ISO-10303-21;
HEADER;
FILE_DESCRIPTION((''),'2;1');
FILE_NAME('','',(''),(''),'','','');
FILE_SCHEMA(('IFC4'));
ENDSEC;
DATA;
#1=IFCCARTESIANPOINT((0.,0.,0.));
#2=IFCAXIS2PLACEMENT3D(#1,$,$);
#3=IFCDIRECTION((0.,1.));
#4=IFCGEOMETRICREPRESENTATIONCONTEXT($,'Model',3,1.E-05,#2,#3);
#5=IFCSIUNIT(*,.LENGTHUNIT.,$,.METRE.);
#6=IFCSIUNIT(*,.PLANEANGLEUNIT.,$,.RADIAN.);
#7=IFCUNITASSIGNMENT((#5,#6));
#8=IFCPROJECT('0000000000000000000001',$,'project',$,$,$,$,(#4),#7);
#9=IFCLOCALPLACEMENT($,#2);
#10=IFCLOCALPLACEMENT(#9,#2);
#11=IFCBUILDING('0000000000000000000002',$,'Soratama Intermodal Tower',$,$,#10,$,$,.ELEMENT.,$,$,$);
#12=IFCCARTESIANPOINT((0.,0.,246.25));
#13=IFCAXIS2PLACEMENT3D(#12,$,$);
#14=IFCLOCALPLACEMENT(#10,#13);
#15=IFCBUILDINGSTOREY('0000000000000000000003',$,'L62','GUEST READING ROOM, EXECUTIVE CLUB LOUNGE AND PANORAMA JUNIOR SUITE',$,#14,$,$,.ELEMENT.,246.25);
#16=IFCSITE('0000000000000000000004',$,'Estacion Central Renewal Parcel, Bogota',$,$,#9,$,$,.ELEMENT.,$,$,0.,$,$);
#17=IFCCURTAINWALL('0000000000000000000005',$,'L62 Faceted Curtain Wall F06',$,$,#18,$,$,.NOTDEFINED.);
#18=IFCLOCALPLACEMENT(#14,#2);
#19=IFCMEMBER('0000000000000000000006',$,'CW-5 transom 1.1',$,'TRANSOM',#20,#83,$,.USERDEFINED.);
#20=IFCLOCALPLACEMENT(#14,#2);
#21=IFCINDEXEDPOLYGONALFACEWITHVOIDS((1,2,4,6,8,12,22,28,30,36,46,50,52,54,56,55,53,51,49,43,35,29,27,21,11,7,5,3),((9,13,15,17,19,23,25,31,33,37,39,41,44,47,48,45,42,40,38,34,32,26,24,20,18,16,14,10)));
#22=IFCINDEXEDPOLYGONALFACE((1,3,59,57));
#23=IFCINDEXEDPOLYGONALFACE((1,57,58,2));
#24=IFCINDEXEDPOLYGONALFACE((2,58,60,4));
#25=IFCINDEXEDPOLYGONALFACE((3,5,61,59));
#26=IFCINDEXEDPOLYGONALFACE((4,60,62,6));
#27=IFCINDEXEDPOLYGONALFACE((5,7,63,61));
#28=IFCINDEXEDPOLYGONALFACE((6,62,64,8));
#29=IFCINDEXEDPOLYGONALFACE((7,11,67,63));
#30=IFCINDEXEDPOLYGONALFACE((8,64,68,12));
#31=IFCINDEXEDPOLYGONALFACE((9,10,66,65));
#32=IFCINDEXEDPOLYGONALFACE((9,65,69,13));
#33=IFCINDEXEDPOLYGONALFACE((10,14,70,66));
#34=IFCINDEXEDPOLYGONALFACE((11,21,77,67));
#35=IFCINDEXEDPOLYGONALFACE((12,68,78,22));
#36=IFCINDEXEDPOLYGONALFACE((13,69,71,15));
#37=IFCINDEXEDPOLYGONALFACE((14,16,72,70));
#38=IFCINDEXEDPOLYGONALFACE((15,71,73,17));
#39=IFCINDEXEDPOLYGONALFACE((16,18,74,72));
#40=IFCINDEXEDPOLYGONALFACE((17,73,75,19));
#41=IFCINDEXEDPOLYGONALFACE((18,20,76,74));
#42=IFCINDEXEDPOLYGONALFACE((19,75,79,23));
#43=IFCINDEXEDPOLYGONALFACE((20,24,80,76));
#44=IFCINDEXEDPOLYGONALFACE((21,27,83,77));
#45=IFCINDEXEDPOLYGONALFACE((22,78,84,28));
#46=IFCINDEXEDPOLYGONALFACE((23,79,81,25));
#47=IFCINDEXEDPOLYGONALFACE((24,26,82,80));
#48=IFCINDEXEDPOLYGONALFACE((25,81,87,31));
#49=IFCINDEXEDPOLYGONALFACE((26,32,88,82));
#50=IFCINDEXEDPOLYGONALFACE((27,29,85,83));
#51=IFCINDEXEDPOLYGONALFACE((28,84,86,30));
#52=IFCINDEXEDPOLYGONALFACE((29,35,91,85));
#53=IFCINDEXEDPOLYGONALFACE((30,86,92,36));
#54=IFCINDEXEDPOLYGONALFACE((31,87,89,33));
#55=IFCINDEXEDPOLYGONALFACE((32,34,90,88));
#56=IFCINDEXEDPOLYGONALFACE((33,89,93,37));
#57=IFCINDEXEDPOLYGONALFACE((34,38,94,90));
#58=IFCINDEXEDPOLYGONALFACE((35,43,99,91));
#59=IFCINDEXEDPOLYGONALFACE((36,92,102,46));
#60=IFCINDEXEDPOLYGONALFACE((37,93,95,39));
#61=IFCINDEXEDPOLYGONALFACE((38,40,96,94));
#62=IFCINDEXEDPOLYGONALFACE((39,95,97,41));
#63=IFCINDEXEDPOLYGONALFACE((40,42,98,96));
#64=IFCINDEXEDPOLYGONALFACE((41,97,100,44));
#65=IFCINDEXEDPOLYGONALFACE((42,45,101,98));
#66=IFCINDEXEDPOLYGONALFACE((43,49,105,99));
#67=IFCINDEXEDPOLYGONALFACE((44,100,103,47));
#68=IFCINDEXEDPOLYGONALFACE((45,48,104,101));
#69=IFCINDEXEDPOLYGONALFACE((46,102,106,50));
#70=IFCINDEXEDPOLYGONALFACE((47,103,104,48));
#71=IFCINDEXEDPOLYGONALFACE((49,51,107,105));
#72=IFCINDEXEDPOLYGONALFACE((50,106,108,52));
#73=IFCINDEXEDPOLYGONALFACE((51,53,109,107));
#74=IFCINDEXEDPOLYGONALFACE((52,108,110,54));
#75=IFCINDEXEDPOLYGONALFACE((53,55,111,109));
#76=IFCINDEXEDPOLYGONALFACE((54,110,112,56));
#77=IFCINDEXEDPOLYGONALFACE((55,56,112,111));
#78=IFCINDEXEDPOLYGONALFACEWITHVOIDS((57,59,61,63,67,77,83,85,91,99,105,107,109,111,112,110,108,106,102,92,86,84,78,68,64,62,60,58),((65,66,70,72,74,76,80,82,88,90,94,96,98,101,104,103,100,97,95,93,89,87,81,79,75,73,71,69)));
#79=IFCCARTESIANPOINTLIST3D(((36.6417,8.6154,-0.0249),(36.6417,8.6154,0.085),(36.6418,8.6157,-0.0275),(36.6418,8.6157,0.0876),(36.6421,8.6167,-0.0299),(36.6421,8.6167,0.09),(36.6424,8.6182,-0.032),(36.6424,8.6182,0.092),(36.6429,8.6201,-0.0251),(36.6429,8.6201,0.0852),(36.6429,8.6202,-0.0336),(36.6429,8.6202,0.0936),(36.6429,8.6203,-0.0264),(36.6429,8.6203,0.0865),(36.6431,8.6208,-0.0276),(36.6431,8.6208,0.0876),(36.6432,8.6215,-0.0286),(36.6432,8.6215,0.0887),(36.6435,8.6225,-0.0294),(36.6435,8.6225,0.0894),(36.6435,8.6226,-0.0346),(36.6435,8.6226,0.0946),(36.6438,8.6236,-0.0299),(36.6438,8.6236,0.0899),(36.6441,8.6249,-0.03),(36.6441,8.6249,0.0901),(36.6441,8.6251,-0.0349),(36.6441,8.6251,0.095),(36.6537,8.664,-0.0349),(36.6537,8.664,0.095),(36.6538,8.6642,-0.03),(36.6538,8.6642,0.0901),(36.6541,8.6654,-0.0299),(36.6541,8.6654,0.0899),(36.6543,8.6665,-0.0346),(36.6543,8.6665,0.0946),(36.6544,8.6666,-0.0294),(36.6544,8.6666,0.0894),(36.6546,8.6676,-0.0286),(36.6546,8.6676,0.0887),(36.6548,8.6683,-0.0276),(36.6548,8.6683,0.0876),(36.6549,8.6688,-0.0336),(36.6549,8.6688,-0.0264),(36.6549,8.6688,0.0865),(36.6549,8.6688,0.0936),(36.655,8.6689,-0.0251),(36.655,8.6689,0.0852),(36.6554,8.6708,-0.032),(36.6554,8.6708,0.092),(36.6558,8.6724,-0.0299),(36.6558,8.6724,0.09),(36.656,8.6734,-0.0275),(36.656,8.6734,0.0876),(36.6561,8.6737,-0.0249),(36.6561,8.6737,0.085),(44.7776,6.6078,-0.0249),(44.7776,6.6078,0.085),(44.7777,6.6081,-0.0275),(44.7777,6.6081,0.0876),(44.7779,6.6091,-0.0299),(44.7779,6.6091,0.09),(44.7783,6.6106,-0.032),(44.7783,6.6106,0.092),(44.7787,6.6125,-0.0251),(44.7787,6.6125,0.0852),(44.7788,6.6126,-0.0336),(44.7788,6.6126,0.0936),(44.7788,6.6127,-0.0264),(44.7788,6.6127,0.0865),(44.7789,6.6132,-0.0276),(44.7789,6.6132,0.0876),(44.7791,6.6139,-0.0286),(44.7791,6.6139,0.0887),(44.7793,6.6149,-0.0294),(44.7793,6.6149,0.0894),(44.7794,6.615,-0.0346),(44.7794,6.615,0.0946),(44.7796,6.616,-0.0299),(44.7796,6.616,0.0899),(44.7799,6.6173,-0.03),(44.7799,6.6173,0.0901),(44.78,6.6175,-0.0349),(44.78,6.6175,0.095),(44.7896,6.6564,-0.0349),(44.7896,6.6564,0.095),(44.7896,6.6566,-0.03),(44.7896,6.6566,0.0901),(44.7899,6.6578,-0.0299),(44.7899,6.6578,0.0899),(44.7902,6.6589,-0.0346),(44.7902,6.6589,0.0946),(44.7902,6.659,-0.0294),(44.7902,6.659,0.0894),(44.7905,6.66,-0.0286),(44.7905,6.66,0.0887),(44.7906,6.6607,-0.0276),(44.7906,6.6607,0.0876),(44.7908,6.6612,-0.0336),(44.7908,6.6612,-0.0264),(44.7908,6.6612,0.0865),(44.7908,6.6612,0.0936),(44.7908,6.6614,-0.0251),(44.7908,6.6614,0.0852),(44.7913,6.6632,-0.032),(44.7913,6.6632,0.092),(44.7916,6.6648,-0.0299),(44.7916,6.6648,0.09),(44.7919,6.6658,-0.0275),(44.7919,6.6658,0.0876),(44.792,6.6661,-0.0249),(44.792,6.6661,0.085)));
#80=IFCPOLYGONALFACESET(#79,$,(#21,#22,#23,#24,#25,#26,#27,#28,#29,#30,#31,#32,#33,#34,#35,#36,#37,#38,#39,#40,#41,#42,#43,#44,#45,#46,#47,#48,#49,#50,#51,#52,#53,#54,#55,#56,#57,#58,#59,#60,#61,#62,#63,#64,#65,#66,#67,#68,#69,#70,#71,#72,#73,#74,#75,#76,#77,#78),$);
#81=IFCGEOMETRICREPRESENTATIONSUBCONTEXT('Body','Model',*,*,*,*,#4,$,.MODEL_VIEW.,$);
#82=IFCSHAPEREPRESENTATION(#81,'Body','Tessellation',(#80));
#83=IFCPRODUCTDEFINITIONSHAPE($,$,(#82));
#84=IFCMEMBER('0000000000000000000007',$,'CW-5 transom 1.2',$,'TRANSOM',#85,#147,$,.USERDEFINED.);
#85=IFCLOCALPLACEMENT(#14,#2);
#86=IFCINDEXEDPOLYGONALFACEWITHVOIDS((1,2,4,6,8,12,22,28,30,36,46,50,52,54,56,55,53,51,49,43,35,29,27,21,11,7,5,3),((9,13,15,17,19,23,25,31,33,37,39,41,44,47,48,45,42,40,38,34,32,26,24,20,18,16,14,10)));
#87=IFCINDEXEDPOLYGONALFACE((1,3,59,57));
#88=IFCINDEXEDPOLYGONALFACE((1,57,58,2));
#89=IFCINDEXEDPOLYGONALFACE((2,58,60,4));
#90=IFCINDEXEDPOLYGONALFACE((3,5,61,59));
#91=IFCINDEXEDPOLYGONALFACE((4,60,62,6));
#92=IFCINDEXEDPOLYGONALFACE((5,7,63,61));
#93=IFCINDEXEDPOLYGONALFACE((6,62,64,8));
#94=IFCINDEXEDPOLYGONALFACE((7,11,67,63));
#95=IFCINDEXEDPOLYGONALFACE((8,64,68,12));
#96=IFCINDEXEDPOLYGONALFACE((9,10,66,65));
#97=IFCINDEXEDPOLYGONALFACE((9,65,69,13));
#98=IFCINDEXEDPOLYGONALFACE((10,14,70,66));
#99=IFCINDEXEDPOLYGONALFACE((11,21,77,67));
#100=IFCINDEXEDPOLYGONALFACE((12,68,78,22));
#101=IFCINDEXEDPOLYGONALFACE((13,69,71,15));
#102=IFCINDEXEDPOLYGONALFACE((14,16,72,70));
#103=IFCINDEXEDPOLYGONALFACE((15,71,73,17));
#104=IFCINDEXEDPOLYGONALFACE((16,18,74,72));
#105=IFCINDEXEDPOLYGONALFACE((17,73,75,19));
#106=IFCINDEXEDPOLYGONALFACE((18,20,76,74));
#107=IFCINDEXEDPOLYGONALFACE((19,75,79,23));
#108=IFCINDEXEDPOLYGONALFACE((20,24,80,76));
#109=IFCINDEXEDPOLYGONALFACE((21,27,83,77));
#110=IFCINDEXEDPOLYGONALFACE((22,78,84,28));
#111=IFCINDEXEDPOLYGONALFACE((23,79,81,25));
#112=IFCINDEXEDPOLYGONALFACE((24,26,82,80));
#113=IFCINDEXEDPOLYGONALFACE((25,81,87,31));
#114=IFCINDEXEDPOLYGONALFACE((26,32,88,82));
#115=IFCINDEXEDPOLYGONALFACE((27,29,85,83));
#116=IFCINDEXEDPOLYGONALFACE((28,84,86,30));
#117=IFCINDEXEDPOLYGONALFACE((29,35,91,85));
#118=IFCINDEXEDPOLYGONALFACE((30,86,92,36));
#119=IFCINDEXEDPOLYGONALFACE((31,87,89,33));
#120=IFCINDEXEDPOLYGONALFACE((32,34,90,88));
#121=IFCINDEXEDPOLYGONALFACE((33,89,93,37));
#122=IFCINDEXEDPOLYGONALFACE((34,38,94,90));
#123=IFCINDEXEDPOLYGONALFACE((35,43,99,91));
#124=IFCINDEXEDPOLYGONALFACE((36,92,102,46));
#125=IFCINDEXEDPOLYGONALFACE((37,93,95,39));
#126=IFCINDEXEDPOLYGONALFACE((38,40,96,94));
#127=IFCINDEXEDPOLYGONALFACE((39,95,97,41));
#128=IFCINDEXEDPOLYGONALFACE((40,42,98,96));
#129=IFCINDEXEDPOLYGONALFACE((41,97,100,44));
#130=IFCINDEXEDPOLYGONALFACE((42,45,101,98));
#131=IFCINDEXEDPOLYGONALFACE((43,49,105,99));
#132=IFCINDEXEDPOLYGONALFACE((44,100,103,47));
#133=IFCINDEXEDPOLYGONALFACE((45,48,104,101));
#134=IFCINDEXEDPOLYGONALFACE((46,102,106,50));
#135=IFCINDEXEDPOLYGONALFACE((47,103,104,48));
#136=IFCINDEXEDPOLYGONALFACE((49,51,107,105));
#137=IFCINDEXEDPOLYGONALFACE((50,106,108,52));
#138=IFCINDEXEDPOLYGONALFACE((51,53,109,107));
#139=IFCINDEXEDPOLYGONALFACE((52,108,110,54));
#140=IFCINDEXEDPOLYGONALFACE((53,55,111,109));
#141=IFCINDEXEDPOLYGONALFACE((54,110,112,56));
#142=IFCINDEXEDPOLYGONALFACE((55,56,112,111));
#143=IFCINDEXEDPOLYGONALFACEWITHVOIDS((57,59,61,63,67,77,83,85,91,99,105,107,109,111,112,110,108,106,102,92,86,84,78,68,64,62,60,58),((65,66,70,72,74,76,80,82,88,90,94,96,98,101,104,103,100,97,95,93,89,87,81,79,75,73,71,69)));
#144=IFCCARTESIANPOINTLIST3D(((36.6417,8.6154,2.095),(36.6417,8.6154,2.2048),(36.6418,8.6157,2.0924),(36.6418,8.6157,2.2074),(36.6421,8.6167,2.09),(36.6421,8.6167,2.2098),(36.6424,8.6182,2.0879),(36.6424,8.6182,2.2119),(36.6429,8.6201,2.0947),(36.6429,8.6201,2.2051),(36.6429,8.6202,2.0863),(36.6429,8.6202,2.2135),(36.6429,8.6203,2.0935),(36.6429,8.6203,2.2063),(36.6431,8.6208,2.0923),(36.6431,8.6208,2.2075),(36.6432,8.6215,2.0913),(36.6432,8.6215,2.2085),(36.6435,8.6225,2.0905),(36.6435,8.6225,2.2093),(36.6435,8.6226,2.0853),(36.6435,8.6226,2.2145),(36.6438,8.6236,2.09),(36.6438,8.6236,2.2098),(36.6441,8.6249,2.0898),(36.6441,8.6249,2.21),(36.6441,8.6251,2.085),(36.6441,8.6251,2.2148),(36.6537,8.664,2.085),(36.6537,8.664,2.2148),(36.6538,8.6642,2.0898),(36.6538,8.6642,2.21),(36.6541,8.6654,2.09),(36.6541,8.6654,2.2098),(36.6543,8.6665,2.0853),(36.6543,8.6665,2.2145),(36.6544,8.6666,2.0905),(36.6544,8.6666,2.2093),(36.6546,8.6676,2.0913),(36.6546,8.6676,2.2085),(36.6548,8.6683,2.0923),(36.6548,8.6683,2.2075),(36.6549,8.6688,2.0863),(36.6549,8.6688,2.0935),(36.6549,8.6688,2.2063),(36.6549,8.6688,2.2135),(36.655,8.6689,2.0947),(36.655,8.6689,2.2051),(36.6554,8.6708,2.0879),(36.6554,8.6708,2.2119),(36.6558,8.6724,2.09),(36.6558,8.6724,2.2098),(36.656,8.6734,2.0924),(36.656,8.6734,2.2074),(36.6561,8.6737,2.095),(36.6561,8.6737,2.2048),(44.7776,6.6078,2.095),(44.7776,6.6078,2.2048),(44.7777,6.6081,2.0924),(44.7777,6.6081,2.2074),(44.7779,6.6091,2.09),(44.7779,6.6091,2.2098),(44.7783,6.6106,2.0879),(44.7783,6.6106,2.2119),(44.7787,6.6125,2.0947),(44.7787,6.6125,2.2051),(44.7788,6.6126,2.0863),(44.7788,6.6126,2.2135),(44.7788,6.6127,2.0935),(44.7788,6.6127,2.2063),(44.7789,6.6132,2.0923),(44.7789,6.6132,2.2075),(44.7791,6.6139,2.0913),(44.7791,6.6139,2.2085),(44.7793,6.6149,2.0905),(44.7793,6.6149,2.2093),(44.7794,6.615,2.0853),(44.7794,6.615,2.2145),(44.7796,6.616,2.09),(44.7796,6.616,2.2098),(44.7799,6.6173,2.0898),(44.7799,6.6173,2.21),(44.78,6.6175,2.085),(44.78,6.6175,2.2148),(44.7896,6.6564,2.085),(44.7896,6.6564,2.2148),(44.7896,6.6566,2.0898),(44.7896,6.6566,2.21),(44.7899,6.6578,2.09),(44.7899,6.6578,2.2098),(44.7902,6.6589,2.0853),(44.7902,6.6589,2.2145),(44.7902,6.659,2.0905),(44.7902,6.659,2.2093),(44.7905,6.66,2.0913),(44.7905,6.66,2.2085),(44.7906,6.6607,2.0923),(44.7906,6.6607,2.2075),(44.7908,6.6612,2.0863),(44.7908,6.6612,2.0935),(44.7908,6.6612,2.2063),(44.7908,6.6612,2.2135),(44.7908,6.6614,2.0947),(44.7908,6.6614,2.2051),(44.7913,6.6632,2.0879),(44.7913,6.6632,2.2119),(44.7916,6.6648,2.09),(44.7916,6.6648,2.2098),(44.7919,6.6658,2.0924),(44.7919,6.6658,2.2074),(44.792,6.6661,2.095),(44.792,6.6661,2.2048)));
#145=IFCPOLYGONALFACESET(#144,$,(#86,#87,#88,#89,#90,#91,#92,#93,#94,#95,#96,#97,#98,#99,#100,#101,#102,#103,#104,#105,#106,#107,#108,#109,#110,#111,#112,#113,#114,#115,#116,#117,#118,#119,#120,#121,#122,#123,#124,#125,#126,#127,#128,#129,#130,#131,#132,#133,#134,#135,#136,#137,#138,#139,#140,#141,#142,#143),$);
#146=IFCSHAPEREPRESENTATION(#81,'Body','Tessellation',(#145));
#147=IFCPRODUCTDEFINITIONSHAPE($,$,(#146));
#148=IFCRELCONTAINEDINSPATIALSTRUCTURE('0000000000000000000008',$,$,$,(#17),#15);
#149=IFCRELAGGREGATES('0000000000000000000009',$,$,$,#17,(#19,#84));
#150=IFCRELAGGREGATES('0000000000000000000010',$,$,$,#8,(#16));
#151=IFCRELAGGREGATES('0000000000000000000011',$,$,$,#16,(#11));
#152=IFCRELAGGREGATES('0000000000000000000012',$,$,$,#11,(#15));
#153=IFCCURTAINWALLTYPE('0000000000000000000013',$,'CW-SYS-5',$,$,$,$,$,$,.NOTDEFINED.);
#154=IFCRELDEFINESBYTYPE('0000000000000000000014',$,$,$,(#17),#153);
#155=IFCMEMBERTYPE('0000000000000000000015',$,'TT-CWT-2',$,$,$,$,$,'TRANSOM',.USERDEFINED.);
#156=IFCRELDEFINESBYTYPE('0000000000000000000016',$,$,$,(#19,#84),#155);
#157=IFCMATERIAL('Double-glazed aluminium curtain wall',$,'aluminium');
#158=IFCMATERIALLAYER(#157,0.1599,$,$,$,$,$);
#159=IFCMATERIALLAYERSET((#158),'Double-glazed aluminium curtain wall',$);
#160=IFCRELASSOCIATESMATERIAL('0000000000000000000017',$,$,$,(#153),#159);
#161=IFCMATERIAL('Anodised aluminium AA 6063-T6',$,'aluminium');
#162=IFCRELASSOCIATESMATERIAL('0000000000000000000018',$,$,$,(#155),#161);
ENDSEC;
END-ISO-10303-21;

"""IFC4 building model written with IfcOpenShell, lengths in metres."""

from ifc_helpers import new_model, si_unit, direction, frame, origin, origin_2d, place, context, subcontext, project, spatial, hollow_rectangle, extrude, material, layer, layer_set, material_profile, profile_set, type_object, element, aggregate, save


model = new_model("IFC4")

# Units and contexts
model_context = context("Model", 3, precision=1e-05, world=origin(), true_north=direction((0.0, 1.0)))
body_context = subcontext(model_context, "Body", "Model", "MODEL_VIEW")
ifc_project = project(units=[si_unit("LENGTHUNIT", "METRE"), si_unit("PLANEANGLEUNIT", "RADIAN")], contexts=[model_context])

# Site, building, storey
site_placement = place(None, origin())
site = spatial("IfcSite", under=ifc_project, at=site_placement, Name="Estacion Central Renewal Parcel, Bogota", CompositionType="ELEMENT", RefElevation=0.0)
building_placement = place(site_placement, origin())
building = spatial("IfcBuilding", under=site, at=building_placement, Name="Soratama Intermodal Tower", CompositionType="ELEMENT")
storey_placement = place(building_placement, frame((0.0, 0.0, 246.25)))
storey = spatial("IfcBuildingStorey", under=building, at=storey_placement, Name="L62", Description="GUEST READING ROOM, EXECUTIVE CLUB LOUNGE AND PANORAMA JUNIOR SUITE", CompositionType="ELEMENT", Elevation=246.25)

# Shared definitions
ifc_material_1 = material(Name="Double-glazed aluminium curtain wall", Category="aluminium")
ifc_layer_1 = layer(ifc_material_1, 0.1599)
ifc_layer_set_1 = layer_set([ifc_layer_1], Name="Double-glazed aluminium curtain wall")
curtain_wall_type = type_object("IfcCurtainWallType", Name="CW-SYS-5", PredefinedType="NOTDEFINED", material=ifc_layer_set_1)

# Curtain wall, members
curtain_wall_1_placement = place(storey_placement, origin())
curtain_wall_1 = element("IfcCurtainWall", 1, at=curtain_wall_1_placement, inside=storey, type_object=curtain_wall_type, Name="L62 Faceted Curtain Wall F06", PredefinedType="NOTDEFINED")
ifc_material_2 = material(Name="Anodised aluminium AA 6063-T6", Category="aluminium")
ifc_material_profile_1 = material_profile(ifc_material_2, hollow_rectangle(XDim=0.0601, YDim=0.1299, WallThickness=0.0049, InnerFilletRadius=0.0049, OuterFilletRadius=0.01, at=origin_2d()), Name="CWT130X60X5")
ifc_profile_set_1 = profile_set([ifc_material_profile_1], Name="Anodised aluminium AA 6063-T6")
member_type_1 = type_object("IfcMemberType", Name="TT-CWT-2", ElementType="TRANSOM", PredefinedType="USERDEFINED", material=ifc_profile_set_1)
member_1_placement = place(storey_placement, frame((36.6489, 8.6445, 0.03), z_axis=(0.970878, -0.239573, 0.0), x_axis=(0.239573, 0.970878, 0.0)))
member_1 = element("IfcMember", 2, at=member_1_placement, type_object=member_type_1, Name="CW-5 transom 1.1", ObjectType="TRANSOM", PredefinedType="USERDEFINED", context=body_context, shape_type="SweptSolid", body=[
    extrude(hollow_rectangle(XDim=0.0601, YDim=0.1299, WallThickness=0.0049, InnerFilletRadius=0.0049, OuterFilletRadius=0.01, at=origin_2d()), origin(), (0.0, 0.0, 1.0), 8.3799),
])
member_2_placement = place(storey_placement, frame((36.6489, 8.6445, 2.1499), z_axis=(0.970878, -0.239573, 0.0), x_axis=(0.239573, 0.970878, 0.0)))
member_2 = element("IfcMember", 3, at=member_2_placement, type_object=member_type_1, Name="CW-5 transom 1.2", ObjectType="TRANSOM", PredefinedType="USERDEFINED", context=body_context, shape_type="SweptSolid", body=[
    extrude(hollow_rectangle(XDim=0.0601, YDim=0.1299, WallThickness=0.0049, InnerFilletRadius=0.0049, OuterFilletRadius=0.01, at=origin_2d()), origin(), (0.0, 0.0, 1.0), 8.3799),
])
aggregate(curtain_wall_1, [member_1, member_2])

save(model, "model.ifc")
